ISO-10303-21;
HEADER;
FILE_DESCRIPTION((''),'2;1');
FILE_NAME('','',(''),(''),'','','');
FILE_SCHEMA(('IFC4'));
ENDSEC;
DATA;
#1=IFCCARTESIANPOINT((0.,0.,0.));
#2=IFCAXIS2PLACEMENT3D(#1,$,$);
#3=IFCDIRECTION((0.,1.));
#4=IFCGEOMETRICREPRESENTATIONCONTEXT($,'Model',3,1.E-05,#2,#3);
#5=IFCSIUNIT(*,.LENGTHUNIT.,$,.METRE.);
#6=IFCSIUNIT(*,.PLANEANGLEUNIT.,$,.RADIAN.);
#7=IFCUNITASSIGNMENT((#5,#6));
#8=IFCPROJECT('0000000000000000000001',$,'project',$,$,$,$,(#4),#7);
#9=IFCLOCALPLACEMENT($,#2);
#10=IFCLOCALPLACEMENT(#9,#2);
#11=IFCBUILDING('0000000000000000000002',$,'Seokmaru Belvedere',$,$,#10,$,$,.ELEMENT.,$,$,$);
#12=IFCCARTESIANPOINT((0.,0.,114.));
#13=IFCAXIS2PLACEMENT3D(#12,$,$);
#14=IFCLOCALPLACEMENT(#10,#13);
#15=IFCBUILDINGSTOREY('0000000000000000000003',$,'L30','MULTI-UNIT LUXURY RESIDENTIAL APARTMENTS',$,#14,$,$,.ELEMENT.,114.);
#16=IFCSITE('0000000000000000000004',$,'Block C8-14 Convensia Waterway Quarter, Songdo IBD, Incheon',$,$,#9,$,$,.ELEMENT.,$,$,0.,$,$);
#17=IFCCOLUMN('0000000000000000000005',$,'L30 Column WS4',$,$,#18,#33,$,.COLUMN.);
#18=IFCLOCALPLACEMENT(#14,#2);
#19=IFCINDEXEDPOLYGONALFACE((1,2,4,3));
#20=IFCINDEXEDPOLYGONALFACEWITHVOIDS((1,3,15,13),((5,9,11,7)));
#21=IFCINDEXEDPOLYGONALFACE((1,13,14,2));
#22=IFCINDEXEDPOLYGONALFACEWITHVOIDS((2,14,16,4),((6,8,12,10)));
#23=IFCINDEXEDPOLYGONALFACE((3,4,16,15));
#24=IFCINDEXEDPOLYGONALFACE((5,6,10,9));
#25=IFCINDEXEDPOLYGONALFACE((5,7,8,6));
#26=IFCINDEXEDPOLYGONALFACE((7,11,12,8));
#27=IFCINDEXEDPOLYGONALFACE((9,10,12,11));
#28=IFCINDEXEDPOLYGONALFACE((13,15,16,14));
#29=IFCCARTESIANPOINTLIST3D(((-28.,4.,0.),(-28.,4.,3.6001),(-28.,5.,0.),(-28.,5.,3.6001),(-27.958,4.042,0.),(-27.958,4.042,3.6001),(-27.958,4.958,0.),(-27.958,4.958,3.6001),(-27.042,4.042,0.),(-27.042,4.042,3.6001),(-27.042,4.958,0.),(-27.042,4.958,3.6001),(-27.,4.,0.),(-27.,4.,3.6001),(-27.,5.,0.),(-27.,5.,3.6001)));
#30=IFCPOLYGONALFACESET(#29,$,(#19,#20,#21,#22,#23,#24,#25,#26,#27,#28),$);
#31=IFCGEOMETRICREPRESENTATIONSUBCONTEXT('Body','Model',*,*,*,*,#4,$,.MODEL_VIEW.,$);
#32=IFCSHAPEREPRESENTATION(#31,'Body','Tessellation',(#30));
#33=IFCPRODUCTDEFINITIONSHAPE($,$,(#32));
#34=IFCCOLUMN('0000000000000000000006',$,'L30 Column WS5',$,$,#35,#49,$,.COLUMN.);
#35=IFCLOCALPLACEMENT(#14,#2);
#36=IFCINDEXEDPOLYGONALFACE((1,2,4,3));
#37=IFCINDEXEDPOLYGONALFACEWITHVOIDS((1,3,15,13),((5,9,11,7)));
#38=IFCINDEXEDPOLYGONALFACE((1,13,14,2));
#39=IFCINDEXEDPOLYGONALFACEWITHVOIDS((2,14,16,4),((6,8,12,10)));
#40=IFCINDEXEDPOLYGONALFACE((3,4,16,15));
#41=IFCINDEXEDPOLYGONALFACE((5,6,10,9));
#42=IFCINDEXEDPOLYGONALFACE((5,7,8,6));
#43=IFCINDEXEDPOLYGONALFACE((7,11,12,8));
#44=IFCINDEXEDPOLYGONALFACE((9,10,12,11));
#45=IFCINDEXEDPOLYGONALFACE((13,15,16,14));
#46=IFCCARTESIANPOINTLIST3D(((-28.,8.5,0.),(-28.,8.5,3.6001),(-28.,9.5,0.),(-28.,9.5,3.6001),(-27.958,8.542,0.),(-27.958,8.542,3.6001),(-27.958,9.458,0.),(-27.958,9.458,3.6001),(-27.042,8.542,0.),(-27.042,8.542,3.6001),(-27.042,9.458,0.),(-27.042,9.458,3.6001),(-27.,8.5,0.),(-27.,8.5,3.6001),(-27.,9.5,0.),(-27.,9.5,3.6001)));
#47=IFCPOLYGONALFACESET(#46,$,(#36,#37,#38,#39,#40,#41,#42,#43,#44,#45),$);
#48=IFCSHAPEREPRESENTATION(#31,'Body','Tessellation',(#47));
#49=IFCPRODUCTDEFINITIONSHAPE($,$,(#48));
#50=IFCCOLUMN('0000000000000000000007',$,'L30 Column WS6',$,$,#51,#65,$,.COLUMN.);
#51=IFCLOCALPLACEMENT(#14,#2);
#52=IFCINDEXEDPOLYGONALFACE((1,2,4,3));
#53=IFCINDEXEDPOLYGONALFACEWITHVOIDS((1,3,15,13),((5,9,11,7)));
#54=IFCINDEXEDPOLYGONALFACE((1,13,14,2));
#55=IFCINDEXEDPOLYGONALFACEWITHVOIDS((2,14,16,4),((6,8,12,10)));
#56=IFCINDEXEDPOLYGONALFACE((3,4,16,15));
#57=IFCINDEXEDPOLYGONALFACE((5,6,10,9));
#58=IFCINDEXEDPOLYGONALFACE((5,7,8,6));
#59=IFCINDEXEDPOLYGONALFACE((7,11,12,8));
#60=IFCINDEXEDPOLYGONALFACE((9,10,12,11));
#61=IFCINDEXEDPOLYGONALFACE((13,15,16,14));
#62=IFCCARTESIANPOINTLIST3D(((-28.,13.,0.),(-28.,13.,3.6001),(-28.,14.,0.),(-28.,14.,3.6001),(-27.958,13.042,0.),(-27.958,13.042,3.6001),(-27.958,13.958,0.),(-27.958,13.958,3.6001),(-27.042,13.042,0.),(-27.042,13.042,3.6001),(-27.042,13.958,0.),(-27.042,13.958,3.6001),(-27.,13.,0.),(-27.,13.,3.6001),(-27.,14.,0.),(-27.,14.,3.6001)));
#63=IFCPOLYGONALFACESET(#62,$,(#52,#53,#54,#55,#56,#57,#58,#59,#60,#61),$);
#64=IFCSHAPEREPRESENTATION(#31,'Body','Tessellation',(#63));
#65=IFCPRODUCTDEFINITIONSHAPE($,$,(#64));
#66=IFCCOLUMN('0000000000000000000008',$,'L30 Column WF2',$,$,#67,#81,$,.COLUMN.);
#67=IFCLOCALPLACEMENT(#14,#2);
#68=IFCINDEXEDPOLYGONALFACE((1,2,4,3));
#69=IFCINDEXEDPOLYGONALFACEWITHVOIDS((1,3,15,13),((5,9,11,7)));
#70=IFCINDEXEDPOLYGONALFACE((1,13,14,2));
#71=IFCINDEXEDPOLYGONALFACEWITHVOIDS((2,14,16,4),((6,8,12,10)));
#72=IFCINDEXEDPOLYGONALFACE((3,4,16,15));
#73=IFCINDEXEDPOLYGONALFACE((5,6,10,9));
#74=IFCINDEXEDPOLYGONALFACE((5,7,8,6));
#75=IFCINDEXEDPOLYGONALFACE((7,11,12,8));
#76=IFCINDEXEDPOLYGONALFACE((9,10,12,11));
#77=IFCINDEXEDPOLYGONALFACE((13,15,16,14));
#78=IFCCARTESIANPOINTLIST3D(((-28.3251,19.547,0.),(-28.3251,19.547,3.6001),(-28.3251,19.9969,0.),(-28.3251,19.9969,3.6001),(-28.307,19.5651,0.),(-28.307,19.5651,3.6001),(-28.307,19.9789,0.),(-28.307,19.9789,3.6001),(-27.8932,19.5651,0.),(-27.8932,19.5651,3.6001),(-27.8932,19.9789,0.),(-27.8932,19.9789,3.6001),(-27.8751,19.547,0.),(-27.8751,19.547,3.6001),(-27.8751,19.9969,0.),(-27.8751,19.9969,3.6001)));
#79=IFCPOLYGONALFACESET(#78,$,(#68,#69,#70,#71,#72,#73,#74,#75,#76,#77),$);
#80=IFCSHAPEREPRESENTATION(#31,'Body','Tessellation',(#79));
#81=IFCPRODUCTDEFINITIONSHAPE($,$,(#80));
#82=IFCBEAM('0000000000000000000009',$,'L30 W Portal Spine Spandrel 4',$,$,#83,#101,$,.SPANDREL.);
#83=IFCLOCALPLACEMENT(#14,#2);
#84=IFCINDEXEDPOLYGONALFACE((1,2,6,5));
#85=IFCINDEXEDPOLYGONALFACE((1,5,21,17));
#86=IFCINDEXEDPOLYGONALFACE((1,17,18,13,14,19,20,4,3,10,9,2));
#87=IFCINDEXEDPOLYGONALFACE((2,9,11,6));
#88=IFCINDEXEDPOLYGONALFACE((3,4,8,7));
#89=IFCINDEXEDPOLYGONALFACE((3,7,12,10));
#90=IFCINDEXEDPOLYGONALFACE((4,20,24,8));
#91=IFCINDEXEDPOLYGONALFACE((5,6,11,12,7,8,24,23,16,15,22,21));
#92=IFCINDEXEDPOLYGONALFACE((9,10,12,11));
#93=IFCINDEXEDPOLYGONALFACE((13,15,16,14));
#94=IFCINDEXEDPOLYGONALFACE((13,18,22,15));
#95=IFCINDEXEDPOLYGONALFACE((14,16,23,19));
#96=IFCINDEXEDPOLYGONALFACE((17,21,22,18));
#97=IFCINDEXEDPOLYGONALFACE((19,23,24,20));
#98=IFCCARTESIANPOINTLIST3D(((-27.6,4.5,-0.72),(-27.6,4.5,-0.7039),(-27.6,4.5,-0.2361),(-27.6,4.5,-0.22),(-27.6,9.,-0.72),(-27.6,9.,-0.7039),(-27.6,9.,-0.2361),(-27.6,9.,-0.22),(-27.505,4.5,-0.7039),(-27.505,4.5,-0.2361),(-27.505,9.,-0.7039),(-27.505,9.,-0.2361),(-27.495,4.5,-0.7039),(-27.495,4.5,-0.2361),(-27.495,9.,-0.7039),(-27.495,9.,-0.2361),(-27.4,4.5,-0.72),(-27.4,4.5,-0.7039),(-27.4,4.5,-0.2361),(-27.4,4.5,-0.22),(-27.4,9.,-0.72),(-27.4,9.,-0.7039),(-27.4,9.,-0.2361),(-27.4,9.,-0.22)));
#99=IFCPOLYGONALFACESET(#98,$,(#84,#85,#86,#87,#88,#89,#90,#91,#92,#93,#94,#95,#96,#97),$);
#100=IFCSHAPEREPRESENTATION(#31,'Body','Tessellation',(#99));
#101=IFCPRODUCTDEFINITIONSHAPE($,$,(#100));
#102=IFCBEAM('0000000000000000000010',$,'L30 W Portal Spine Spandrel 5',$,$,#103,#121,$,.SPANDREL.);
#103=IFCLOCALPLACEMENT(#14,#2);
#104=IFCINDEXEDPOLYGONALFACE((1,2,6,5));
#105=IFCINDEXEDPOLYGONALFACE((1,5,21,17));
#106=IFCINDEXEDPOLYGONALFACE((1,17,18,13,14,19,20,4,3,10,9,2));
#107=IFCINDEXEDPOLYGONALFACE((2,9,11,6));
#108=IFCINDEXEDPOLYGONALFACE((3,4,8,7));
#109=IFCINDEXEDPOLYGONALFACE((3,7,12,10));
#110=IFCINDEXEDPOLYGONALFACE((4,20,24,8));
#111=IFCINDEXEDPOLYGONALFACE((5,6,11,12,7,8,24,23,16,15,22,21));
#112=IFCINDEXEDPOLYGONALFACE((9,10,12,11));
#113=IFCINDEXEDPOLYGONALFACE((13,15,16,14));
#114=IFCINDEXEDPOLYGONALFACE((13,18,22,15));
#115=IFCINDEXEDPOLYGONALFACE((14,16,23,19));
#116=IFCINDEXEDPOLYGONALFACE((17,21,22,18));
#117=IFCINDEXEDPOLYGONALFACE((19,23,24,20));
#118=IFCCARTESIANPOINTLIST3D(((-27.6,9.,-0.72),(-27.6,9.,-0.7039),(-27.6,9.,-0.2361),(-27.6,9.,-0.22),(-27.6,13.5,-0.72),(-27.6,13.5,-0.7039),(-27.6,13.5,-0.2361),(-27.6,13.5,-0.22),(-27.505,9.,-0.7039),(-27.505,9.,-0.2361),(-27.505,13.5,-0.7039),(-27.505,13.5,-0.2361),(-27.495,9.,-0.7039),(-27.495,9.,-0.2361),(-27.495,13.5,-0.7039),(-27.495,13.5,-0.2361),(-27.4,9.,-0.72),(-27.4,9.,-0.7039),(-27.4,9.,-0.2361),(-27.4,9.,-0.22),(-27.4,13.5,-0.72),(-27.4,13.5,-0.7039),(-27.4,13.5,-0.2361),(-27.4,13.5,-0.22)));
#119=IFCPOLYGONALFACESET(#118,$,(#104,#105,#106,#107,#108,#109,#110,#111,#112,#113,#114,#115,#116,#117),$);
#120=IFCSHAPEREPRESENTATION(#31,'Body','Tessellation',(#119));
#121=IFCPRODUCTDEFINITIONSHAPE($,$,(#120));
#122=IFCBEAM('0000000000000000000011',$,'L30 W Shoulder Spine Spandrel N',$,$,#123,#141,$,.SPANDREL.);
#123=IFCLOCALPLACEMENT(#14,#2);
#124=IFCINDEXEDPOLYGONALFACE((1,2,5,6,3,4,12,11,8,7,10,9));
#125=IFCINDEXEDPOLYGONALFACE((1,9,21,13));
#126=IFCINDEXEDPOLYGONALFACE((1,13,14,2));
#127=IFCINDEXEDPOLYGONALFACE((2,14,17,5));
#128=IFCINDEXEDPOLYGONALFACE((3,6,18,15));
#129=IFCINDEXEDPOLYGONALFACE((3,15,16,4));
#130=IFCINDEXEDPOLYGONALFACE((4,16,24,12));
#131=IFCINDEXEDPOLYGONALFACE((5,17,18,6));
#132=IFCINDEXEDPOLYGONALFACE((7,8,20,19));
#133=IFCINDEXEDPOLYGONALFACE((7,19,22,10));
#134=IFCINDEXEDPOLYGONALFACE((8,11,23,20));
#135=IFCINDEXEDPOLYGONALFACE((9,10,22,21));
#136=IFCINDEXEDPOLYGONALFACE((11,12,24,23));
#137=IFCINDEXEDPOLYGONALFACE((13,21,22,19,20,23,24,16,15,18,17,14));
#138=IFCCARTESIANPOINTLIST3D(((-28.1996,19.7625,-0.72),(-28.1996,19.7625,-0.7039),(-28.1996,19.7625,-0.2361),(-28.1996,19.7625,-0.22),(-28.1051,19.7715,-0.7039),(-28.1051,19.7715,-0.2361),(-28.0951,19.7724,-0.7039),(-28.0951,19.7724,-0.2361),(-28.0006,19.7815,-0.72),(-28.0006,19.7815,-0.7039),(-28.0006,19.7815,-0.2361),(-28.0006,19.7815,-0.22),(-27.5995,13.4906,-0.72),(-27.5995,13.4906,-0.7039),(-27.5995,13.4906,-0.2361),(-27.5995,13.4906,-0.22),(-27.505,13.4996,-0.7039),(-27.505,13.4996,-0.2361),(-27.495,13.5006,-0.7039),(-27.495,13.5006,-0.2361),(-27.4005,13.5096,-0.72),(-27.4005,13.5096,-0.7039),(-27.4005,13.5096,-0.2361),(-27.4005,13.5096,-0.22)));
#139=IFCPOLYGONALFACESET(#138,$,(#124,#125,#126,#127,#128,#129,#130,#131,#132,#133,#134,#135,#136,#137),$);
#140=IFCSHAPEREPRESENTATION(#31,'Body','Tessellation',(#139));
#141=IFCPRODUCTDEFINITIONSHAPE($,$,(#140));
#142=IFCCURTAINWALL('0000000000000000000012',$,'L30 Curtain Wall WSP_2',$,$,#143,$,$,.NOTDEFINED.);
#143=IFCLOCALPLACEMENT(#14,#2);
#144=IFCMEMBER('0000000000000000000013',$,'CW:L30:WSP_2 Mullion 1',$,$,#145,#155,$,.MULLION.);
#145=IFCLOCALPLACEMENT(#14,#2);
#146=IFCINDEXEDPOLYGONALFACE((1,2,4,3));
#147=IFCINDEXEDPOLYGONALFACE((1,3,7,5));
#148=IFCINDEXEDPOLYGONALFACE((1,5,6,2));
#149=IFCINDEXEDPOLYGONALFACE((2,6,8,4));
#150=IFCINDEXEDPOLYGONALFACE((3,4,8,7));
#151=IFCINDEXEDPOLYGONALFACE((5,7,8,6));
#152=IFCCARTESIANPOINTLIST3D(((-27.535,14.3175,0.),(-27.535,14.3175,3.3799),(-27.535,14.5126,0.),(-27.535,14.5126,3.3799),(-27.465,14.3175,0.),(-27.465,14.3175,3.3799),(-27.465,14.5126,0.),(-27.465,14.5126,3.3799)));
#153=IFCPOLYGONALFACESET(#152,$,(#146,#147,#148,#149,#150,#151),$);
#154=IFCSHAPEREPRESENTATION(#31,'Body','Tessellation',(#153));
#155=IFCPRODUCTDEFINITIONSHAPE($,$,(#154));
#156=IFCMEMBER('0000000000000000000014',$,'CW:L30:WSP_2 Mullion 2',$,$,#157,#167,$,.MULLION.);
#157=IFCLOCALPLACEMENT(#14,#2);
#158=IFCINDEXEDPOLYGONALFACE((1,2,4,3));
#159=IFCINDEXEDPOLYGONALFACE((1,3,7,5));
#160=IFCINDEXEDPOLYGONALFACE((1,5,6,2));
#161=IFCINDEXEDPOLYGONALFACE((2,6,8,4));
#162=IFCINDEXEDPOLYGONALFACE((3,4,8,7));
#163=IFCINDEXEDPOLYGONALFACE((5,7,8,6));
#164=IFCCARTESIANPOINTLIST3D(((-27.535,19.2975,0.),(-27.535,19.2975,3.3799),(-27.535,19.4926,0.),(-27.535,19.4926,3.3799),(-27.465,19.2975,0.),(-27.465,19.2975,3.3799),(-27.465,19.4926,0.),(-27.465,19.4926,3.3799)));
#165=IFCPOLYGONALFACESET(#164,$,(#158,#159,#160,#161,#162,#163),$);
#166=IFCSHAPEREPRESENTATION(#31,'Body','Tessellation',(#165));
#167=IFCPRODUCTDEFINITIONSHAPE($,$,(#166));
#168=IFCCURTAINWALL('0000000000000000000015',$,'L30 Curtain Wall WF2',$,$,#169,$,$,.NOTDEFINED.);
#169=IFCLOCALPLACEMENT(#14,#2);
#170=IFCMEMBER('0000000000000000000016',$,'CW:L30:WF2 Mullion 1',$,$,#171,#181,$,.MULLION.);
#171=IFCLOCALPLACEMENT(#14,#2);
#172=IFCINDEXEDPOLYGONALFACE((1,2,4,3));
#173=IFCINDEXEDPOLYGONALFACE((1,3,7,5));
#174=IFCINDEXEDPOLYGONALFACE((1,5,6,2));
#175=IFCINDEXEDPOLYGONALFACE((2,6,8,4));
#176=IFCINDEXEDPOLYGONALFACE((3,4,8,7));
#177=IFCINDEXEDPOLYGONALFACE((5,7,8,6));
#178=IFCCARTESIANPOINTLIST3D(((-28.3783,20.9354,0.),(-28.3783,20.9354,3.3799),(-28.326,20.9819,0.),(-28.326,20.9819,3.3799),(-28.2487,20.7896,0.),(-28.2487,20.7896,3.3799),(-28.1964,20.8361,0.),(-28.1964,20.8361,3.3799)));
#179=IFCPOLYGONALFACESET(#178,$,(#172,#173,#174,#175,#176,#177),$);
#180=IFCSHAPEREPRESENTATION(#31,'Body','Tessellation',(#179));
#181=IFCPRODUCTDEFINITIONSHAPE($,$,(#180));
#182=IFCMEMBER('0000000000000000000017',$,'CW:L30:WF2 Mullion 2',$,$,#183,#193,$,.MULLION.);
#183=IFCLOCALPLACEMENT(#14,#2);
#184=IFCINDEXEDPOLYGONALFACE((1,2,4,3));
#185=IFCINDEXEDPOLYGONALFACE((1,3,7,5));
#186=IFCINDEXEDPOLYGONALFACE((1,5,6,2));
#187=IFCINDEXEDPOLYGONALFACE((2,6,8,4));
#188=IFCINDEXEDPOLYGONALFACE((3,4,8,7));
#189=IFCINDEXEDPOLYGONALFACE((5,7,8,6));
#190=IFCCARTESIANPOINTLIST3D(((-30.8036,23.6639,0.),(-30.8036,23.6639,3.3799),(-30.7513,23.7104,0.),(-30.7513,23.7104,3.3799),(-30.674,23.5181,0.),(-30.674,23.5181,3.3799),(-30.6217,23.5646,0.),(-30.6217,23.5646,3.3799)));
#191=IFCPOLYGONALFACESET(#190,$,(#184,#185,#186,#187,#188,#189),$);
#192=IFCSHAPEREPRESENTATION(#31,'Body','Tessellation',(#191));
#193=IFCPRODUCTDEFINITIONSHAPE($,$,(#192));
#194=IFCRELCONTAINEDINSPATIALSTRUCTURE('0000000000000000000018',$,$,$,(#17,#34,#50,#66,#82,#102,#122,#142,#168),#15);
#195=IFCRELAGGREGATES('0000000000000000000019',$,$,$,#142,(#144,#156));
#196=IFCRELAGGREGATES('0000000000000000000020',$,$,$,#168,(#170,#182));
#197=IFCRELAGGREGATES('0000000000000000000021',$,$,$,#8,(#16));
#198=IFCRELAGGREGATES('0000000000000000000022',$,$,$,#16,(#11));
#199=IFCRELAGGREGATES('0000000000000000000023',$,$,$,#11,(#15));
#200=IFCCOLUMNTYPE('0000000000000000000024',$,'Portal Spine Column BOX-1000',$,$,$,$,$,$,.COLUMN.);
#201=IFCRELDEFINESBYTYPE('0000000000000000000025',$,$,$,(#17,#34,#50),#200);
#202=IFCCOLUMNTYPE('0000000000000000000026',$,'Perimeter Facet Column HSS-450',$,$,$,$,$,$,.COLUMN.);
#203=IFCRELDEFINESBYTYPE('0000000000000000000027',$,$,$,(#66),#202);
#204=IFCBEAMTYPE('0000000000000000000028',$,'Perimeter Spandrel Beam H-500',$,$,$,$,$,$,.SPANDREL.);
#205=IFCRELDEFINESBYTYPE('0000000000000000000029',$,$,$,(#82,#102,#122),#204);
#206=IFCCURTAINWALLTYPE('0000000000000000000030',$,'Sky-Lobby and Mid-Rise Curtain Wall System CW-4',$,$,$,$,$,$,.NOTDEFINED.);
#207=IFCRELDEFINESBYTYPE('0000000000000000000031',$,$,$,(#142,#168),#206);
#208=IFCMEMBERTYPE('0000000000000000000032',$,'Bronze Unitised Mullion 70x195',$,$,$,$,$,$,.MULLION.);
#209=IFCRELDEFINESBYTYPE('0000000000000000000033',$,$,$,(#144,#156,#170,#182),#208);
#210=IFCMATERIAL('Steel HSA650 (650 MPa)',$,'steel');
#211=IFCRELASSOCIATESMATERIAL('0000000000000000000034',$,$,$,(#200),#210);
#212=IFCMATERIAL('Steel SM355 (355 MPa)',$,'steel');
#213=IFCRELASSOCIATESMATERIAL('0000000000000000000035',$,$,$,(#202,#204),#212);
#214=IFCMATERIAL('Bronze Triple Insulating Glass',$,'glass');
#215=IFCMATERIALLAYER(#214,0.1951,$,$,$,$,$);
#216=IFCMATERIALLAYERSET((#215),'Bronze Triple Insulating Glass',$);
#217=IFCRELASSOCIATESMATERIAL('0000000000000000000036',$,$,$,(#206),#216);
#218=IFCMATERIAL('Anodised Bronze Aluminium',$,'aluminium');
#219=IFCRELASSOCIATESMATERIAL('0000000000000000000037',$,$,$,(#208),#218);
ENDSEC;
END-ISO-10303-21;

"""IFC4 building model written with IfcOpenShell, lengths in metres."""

from ifc_helpers import new_model, si_unit, direction, frame, origin, origin_2d, place, context, subcontext, project, spatial, rectangle, hollow_rectangle, i_section, extrude, source, transform, mapped, material, layer, layer_set, material_profile, profile_set, type_object, type_shapes, element, aggregate, save


model = new_model("IFC4")

# Units and contexts
model_context = context("Model", 3, precision=1e-05, world=origin(), true_north=direction((0.0, 1.0)))
body_context = subcontext(model_context, "Body", "Model", "MODEL_VIEW")
ifc_project = project(units=[si_unit("LENGTHUNIT", "METRE"), si_unit("PLANEANGLEUNIT", "RADIAN")], contexts=[model_context])

# Site, building, storey
site_placement = place(None, origin())
site = spatial("IfcSite", under=ifc_project, at=site_placement, Name="Block C8-14 Convensia Waterway Quarter, Songdo IBD, Incheon", CompositionType="ELEMENT", RefElevation=0.0)
building_placement = place(site_placement, origin())
building = spatial("IfcBuilding", under=site, at=building_placement, Name="Seokmaru Belvedere", CompositionType="ELEMENT")
storey_placement = place(building_placement, frame((0.0, 0.0, 114.0)))
storey = spatial("IfcBuildingStorey", under=building, at=storey_placement, Name="L30", Description="MULTI-UNIT LUXURY RESIDENTIAL APARTMENTS", CompositionType="ELEMENT", Elevation=114.0)

# Columns
ifc_material_1 = material(Name="Steel HSA650 (650 MPa)", Category="steel")
ifc_material_profile_1 = material_profile(ifc_material_1, hollow_rectangle(XDim=1.0, YDim=1.0, WallThickness=0.042, at=origin_2d()), Name="BOX-1000x1000x42")
ifc_profile_set_1 = profile_set([ifc_material_profile_1], Name="Steel HSA650 (650 MPa)")
column_type_1 = type_object("IfcColumnType", Name="Portal Spine Column BOX-1000", PredefinedType="COLUMN", material=ifc_profile_set_1)
shared_shape_1 = source(origin(), body_context, "Body", "SweptSolid", [
    extrude(hollow_rectangle(XDim=1.0, YDim=1.0, WallThickness=0.042, at=origin_2d()), origin(), (0.0, 0.0, 1.0), 3.6001),
])
type_shapes(column_type_1, [shared_shape_1])
for number, where, z_axis, x_axis, name in (
    (1, (-27.5, 4.5, 0.0), (0.0, 0.0, 1.0), (1.0, 0.0, 0.0), "L30 Column WS4"),
    (2, (-27.5, 9.0, 0.0), (0.0, 0.0, 1.0), (1.0, 0.0, 0.0), "L30 Column WS5"),
    (3, (-27.5, 13.5, 0.0), (0.0, 0.0, 1.0), (1.0, 0.0, 0.0), "L30 Column WS6"),
):
    element("IfcColumn", number, at=place(storey_placement, frame(where, z_axis=z_axis, x_axis=x_axis)), inside=storey, type_object=column_type_1, Name=name, PredefinedType="COLUMN", context=body_context, shape_type="MappedRepresentation", body=[
        mapped(shared_shape_1, transform((0.0, 0.0, 0.0), scale=1.0)),
    ])
ifc_material_2 = material(Name="Steel SM355 (355 MPa)", Category="steel")
ifc_material_profile_2 = material_profile(ifc_material_2, hollow_rectangle(XDim=0.45, YDim=0.45, WallThickness=0.0181, at=origin_2d()), Name="HSS-450x450x18")
ifc_profile_set_2 = profile_set([ifc_material_profile_2], Name="Steel SM355 (355 MPa)")
column_type_2 = type_object("IfcColumnType", Name="Perimeter Facet Column HSS-450", PredefinedType="COLUMN", material=ifc_profile_set_2)
shared_shape_2 = source(origin(), body_context, "Body", "SweptSolid", [
    extrude(hollow_rectangle(XDim=0.45, YDim=0.45, WallThickness=0.0181, at=origin_2d()), origin(), (0.0, 0.0, 1.0), 3.6001),
])
type_shapes(column_type_2, [shared_shape_2])
column_placement = place(storey_placement, frame((-28.1001, 19.772, 0.0), z_axis=(0.0, 0.0, 1.0), x_axis=(1.0, 0.0, 0.0)))
element("IfcColumn", 4, at=column_placement, inside=storey, type_object=column_type_2, Name="L30 Column WF2", PredefinedType="COLUMN", context=body_context, shape_type="MappedRepresentation", body=[
    mapped(shared_shape_2, transform((0.0, 0.0, 0.0), scale=1.0)),
])

# Beams
ifc_material_profile_3 = material_profile(ifc_material_2, i_section(OverallWidth=0.2, OverallDepth=0.5, WebThickness=0.01, FlangeThickness=0.0161, at=origin_2d()), Name="H-500x200x10x16")
ifc_profile_set_3 = profile_set([ifc_material_profile_3], Name="Steel SM355 (355 MPa)")
beam_type = type_object("IfcBeamType", Name="Perimeter Spandrel Beam H-500", PredefinedType="SPANDREL", material=ifc_profile_set_3)
shared_shape_3 = source(origin(), body_context, "Body", "SweptSolid", [
    extrude(i_section(OverallWidth=0.2, OverallDepth=0.5, WebThickness=0.01, FlangeThickness=0.0161, at=origin_2d()), origin(), (0.0, 0.0, 1.0), 4.5),
])
for number, where, z_axis, x_axis, name in (
    (5, (-27.5, 4.5, -0.47), (0.0, 1.0, 0.0), (-1.0, 0.0, 0.0), "L30 W Portal Spine Spandrel 4"),
    (6, (-27.5, 9.0, -0.47), (0.0, 1.0, 0.0), (-1.0, 0.0, 0.0), "L30 W Portal Spine Spandrel 5"),
):
    element("IfcBeam", number, at=place(storey_placement, frame(where, z_axis=z_axis, x_axis=x_axis)), inside=storey, type_object=beam_type, Name=name, PredefinedType="SPANDREL", context=body_context, shape_type="MappedRepresentation", body=[
        mapped(shared_shape_3, transform((0.0, 0.0, 0.0), scale=1.0)),
    ])
shared_shape_4 = source(origin(), body_context, "Body", "SweptSolid", [
    extrude(i_section(OverallWidth=0.2, OverallDepth=0.5, WebThickness=0.01, FlangeThickness=0.0161, at=origin_2d()), origin(), (0.0, 0.0, 1.0), 6.3005),
])
type_shapes(beam_type, [shared_shape_3, shared_shape_4])
beam_placement = place(storey_placement, frame((-28.1001, 19.772, -0.47), z_axis=(0.095244, -0.995454, 0.0), x_axis=(0.995454, 0.095244, 0.0)))
element("IfcBeam", 7, at=beam_placement, inside=storey, type_object=beam_type, Name="L30 W Shoulder Spine Spandrel N", PredefinedType="SPANDREL", context=body_context, shape_type="MappedRepresentation", body=[
    mapped(shared_shape_4, transform((0.0, 0.0, 0.0), scale=1.0)),
])

# Curtain walls, members
ifc_material_3 = material(Name="Bronze Triple Insulating Glass", Category="glass")
ifc_layer_1 = layer(ifc_material_3, 0.1951)
ifc_layer_set_1 = layer_set([ifc_layer_1], Name="Bronze Triple Insulating Glass")
curtain_wall_type = type_object("IfcCurtainWallType", Name="Sky-Lobby and Mid-Rise Curtain Wall System CW-4", PredefinedType="NOTDEFINED", material=ifc_layer_set_1)
curtain_wall_1_placement = place(storey_placement, origin())
curtain_wall_1 = element("IfcCurtainWall", 8, at=curtain_wall_1_placement, inside=storey, type_object=curtain_wall_type, Name="L30 Curtain Wall WSP_2", PredefinedType="NOTDEFINED")
ifc_material_4 = material(Name="Anodised Bronze Aluminium", Category="aluminium")
ifc_material_profile_4 = material_profile(ifc_material_4, rectangle(XDim=0.0701, YDim=0.1951, at=origin_2d()), Name="CW-M-70x195")
ifc_profile_set_4 = profile_set([ifc_material_profile_4], Name="Anodised Bronze Aluminium")
member_type_1 = type_object("IfcMemberType", Name="Bronze Unitised Mullion 70x195", PredefinedType="MULLION", material=ifc_profile_set_4)
shared_shape_5 = source(origin(), body_context, "Body", "SweptSolid", [
    extrude(rectangle(XDim=0.0701, YDim=0.1951, at=origin_2d()), origin(), (0.0, 0.0, 1.0), 3.3799),
])
type_shapes(member_type_1, [shared_shape_5])
member_1_placement = place(storey_placement, frame((-27.5, 14.415, 0.0), z_axis=(0.0, 0.0, 1.0), x_axis=(-1.0, 0.0, 0.0)))
member_1 = element("IfcMember", 9, at=member_1_placement, type_object=member_type_1, Name="CW:L30:WSP_2 Mullion 1", PredefinedType="MULLION", context=body_context, shape_type="MappedRepresentation", body=[
    mapped(shared_shape_5, transform((0.0, 0.0, 0.0), scale=1.0)),
])
member_2_placement = place(storey_placement, frame((-27.5, 19.395, 0.0), z_axis=(0.0, 0.0, 1.0), x_axis=(-1.0, 0.0, 0.0)))
member_2 = element("IfcMember", 10, at=member_2_placement, type_object=member_type_1, Name="CW:L30:WSP_2 Mullion 2", PredefinedType="MULLION", context=body_context, shape_type="MappedRepresentation", body=[
    mapped(shared_shape_5, transform((0.0, 0.0, 0.0), scale=1.0)),
])
curtain_wall_2_placement = place(storey_placement, origin())
curtain_wall_2 = element("IfcCurtainWall", 11, at=curtain_wall_2_placement, inside=storey, type_object=curtain_wall_type, Name="L30 Curtain Wall WF2", PredefinedType="NOTDEFINED")
member_3_placement = place(storey_placement, frame((-28.2874, 20.8857, 0.0), z_axis=(0.0, 0.0, 1.0), x_axis=(-0.74741, -0.664363, 0.0)))
member_3 = element("IfcMember", 12, at=member_3_placement, type_object=member_type_1, Name="CW:L30:WF2 Mullion 1", PredefinedType="MULLION", context=body_context, shape_type="MappedRepresentation", body=[
    mapped(shared_shape_5, transform((0.0, 0.0, 0.0), scale=1.0)),
])
member_4_placement = place(storey_placement, frame((-30.7126, 23.6143, 0.0), z_axis=(0.0, 0.0, 1.0), x_axis=(-0.74741, -0.664363, 0.0)))
member_4 = element("IfcMember", 13, at=member_4_placement, type_object=member_type_1, Name="CW:L30:WF2 Mullion 2", PredefinedType="MULLION", context=body_context, shape_type="MappedRepresentation", body=[
    mapped(shared_shape_5, transform((0.0, 0.0, 0.0), scale=1.0)),
])

aggregate(curtain_wall_1, [member_1, member_2])
aggregate(curtain_wall_2, [member_3, member_4])

save(model, "model.ifc")
